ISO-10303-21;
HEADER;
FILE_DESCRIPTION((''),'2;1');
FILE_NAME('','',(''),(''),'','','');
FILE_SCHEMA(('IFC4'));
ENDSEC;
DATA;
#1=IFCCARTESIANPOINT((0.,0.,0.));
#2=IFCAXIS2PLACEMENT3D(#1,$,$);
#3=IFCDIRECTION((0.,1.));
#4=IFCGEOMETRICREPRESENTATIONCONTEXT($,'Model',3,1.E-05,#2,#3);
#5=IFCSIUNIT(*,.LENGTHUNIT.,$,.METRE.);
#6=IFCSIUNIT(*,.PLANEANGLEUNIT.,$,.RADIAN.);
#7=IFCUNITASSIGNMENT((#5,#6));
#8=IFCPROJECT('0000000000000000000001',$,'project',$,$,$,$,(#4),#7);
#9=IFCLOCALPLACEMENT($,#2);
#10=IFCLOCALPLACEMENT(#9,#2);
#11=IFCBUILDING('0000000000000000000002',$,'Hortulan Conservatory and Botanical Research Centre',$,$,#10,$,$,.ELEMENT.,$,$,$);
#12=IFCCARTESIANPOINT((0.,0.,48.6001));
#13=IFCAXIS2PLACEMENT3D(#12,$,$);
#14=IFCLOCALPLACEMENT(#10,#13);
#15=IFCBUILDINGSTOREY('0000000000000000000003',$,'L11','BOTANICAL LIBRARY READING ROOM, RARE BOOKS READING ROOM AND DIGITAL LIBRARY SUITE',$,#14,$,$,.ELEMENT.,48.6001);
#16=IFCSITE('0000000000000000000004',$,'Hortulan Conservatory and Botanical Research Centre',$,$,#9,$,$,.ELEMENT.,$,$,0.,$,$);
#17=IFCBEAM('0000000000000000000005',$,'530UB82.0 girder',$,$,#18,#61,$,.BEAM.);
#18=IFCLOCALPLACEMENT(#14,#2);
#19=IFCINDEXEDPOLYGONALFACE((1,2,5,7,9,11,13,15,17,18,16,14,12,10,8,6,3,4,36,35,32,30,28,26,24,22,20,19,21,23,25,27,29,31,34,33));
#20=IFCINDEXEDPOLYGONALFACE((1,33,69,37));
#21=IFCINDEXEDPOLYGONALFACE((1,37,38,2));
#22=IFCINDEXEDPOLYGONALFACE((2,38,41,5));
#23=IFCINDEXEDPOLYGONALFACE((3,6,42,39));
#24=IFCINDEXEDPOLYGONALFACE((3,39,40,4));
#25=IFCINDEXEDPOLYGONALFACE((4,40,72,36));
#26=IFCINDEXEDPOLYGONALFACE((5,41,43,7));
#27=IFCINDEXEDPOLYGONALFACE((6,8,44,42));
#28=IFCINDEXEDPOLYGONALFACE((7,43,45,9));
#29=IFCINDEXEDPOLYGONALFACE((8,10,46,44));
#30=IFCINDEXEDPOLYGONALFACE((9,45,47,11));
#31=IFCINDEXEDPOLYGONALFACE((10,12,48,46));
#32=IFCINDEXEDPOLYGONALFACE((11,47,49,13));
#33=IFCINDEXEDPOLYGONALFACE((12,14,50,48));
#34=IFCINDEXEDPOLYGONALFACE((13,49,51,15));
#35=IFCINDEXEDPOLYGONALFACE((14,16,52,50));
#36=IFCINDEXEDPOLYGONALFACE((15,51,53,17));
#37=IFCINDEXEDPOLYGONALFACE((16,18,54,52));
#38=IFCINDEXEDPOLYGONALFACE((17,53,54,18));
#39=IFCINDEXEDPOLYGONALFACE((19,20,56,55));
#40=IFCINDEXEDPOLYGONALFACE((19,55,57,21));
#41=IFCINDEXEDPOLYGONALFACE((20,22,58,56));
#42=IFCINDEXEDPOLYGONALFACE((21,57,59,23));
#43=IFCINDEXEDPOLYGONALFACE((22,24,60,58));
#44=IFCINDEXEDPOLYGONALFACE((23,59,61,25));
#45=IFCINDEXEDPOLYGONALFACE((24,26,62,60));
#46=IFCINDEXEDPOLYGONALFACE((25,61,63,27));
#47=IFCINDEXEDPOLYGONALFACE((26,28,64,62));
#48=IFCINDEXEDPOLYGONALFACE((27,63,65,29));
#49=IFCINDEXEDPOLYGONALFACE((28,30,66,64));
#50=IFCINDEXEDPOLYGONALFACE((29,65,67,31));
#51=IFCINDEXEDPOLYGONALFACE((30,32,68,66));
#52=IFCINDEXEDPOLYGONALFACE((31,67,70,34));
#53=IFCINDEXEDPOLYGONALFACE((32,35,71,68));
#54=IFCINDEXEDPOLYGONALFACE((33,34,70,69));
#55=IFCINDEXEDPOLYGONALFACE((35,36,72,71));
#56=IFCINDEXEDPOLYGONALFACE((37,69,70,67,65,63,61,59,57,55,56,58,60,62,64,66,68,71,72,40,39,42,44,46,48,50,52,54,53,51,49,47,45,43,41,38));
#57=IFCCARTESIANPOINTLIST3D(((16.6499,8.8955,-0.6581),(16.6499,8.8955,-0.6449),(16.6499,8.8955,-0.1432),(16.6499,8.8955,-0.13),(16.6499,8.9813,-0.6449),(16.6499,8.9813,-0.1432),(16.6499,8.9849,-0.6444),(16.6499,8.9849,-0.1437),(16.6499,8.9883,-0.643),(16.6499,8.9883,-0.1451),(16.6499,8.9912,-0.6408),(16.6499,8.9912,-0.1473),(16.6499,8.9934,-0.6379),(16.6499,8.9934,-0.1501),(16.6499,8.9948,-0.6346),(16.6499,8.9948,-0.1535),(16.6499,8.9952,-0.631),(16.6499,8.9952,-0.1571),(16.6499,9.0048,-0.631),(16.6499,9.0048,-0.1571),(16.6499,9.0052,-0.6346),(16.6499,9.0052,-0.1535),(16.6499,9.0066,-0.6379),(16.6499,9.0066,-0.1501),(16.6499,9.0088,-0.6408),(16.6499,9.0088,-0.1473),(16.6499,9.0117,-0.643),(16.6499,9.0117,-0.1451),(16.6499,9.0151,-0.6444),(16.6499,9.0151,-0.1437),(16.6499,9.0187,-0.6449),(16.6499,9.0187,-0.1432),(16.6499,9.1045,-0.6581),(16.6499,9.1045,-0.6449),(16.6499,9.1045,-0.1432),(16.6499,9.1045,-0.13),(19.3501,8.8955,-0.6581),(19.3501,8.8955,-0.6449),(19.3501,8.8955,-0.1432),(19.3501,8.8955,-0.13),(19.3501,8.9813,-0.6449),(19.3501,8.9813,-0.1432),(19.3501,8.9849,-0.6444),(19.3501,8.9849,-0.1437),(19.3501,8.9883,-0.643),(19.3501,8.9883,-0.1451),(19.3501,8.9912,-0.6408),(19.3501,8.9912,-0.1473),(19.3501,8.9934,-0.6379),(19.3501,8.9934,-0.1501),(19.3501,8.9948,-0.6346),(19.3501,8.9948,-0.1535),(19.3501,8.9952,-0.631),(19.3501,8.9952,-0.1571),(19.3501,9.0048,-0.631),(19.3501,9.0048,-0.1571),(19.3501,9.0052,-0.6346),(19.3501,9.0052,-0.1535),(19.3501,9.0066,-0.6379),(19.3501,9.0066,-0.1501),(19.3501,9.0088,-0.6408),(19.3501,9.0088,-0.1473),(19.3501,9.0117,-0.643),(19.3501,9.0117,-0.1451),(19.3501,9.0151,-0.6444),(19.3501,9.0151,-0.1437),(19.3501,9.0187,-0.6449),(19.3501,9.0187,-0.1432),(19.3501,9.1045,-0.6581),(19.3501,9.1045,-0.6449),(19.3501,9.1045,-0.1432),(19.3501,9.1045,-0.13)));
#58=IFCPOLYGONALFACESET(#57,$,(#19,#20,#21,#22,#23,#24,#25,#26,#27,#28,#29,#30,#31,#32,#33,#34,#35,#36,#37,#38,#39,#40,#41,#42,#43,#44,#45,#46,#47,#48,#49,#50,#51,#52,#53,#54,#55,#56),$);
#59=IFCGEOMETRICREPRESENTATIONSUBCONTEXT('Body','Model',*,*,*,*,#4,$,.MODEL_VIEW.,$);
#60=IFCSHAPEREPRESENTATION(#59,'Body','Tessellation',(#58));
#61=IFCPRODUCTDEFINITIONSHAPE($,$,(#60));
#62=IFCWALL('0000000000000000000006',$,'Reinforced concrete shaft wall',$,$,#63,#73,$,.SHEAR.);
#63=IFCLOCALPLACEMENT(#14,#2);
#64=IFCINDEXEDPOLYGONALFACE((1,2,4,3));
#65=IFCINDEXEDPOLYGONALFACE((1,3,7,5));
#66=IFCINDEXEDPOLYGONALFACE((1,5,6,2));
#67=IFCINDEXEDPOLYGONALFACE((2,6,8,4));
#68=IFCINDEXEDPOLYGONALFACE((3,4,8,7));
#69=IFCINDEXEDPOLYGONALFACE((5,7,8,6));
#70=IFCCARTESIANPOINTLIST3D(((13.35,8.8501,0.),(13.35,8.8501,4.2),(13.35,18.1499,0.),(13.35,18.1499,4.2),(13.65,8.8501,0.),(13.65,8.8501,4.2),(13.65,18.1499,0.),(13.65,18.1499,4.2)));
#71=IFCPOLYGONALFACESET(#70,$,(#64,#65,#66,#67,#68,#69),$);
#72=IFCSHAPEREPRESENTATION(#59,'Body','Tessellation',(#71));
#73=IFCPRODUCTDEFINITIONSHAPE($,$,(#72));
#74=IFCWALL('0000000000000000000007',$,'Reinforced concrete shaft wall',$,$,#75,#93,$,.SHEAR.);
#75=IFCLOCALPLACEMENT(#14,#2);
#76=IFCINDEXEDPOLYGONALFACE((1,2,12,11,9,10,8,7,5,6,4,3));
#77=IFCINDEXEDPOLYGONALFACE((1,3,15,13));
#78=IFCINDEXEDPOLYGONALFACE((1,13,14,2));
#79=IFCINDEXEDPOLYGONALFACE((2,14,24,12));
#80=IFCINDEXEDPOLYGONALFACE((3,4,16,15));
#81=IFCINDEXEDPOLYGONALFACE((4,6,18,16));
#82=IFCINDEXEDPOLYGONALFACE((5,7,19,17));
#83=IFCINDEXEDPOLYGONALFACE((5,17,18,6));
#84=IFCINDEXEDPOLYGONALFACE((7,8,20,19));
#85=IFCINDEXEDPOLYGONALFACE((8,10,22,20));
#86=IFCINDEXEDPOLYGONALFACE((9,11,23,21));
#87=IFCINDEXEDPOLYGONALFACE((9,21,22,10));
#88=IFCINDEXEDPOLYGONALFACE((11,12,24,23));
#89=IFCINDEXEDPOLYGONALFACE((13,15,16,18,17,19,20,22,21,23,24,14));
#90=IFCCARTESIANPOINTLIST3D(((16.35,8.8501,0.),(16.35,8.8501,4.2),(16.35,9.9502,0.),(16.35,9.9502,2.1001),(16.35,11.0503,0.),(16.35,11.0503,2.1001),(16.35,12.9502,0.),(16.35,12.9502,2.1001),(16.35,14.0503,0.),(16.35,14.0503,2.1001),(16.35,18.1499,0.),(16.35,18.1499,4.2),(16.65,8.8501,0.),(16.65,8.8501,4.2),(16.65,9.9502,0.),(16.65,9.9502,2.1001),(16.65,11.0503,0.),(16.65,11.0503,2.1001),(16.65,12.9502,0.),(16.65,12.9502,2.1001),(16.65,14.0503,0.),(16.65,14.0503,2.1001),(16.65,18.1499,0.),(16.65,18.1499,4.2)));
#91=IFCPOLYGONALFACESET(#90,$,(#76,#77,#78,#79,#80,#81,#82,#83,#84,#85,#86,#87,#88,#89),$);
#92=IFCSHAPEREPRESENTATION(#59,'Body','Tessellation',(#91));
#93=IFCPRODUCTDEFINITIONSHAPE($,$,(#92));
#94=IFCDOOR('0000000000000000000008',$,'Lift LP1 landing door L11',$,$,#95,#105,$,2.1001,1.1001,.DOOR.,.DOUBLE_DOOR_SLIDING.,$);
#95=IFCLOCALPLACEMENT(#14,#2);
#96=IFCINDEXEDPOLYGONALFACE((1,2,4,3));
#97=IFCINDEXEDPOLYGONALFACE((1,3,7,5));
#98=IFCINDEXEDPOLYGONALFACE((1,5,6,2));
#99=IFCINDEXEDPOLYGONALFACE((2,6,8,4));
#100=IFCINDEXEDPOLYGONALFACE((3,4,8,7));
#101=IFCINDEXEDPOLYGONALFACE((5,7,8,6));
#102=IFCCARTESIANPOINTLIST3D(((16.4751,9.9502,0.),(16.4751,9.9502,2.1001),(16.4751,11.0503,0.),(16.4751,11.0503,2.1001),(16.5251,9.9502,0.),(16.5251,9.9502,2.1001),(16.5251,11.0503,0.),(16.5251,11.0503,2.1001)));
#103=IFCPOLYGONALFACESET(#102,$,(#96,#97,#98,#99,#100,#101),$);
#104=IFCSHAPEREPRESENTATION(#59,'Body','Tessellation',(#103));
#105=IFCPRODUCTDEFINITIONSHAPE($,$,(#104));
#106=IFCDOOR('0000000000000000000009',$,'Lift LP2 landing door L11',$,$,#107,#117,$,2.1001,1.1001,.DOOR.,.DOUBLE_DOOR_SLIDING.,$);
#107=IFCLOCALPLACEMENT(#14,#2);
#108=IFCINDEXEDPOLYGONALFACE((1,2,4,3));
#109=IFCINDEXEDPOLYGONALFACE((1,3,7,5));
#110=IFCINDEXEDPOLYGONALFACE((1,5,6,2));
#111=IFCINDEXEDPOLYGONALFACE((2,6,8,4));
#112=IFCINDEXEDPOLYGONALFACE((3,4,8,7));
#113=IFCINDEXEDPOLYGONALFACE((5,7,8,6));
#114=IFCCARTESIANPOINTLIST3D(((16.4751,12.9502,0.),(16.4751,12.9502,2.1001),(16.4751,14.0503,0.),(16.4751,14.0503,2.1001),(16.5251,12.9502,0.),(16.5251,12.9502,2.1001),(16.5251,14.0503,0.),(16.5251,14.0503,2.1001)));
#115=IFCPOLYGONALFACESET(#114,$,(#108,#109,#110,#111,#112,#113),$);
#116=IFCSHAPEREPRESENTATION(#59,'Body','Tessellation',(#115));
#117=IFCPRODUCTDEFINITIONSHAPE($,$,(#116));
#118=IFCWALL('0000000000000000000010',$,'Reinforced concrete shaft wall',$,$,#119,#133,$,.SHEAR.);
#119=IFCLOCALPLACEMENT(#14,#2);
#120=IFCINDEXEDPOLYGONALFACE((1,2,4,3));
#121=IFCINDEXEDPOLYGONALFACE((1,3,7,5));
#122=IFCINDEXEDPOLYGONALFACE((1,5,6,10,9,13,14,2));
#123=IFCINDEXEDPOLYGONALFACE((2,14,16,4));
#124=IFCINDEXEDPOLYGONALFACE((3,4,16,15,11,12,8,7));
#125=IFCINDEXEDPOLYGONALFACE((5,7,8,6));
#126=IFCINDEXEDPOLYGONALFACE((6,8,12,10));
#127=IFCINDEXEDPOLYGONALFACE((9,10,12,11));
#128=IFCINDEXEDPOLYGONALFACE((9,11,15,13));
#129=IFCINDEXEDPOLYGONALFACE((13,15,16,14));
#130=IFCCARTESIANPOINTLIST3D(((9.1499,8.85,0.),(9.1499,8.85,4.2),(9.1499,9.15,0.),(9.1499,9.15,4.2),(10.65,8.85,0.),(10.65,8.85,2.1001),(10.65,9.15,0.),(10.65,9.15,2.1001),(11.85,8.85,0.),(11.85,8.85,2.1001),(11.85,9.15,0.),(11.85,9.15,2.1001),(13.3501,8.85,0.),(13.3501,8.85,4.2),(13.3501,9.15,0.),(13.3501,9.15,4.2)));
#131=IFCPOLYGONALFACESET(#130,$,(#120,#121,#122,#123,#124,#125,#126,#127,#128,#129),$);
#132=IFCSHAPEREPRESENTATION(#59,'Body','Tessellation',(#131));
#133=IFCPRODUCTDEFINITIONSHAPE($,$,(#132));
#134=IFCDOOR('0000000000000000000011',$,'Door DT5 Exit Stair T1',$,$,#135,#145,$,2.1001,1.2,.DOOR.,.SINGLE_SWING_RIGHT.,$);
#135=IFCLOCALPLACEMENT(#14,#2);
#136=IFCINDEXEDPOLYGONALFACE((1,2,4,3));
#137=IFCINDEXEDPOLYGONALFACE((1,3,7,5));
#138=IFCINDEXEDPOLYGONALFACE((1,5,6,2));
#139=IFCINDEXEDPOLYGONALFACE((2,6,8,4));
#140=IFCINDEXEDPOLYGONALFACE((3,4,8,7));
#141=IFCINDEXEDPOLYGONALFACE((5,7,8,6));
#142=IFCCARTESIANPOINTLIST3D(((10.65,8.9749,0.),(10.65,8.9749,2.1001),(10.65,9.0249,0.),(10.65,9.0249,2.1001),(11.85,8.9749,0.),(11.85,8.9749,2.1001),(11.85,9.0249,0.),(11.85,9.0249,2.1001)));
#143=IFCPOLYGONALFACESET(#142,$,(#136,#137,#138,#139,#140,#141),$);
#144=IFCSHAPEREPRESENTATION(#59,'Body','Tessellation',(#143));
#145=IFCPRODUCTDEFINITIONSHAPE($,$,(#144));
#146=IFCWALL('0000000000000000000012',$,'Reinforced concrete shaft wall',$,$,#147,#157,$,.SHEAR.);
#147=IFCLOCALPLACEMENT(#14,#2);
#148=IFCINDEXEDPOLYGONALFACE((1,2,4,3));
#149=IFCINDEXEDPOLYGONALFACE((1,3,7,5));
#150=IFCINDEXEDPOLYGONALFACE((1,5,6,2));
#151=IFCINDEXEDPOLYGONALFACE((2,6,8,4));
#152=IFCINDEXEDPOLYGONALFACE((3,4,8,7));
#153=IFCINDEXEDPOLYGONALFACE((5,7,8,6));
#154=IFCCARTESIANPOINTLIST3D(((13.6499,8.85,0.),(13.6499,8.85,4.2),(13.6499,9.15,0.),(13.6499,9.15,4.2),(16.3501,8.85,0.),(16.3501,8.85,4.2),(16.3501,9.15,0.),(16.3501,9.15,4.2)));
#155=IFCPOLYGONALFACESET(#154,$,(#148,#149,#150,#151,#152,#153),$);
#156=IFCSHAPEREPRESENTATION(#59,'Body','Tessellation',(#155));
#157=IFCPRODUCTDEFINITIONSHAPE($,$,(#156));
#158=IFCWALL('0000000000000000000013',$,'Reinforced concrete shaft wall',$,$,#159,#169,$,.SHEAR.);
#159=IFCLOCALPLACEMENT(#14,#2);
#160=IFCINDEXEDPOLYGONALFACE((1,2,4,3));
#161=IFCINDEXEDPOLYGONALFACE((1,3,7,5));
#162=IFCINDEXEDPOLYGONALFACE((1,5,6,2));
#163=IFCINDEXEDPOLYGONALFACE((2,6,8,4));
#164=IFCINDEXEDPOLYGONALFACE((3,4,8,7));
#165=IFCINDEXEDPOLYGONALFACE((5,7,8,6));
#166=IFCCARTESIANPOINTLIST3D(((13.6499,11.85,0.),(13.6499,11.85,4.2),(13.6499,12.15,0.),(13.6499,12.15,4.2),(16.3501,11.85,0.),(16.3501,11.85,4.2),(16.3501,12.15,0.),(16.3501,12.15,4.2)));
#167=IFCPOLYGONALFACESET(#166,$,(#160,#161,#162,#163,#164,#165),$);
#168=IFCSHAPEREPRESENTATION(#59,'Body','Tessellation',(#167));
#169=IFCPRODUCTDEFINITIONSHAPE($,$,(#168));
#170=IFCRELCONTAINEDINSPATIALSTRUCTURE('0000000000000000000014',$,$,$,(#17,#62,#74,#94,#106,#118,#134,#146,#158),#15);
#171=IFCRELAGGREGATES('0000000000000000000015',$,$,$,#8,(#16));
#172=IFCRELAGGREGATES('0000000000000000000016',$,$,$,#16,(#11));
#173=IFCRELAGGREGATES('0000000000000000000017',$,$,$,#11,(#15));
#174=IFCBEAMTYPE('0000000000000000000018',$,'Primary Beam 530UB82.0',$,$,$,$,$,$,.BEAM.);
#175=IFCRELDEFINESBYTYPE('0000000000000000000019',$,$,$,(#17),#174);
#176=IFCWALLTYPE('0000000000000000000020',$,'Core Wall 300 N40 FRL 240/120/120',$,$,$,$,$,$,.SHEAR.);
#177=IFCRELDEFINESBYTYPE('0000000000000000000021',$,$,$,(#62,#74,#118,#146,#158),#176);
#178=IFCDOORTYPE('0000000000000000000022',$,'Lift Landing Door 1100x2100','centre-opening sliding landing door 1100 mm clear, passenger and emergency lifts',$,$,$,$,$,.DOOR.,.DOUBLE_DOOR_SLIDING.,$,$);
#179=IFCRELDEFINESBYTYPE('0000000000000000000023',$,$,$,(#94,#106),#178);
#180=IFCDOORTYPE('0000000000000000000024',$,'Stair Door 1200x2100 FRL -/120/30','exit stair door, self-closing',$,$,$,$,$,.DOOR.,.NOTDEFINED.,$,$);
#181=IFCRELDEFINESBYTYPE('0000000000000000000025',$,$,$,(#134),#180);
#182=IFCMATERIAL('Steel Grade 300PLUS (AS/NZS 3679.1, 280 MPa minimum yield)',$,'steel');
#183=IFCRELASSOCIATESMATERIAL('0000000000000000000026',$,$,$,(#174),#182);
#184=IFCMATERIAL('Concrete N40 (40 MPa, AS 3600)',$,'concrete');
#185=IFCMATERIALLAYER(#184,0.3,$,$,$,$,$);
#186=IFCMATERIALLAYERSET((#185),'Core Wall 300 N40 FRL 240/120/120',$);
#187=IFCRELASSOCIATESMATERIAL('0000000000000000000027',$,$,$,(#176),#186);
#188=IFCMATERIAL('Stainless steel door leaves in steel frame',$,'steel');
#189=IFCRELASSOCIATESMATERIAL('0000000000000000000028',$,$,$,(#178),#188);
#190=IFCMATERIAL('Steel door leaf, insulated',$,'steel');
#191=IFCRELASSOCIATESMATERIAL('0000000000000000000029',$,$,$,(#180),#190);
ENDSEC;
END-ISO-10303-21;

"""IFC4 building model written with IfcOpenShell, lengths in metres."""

from ifc_helpers import new_model, si_unit, direction, frame, frame_2d, origin, origin_2d, place, context, subcontext, project, spatial, rectangle, i_section, extrude, material, layer, layer_set, material_profile, profile_set, type_object, element, fill, save


model = new_model("IFC4")

# Units and contexts
model_context = context("Model", 3, precision=1e-05, world=origin(), true_north=direction((0.0, 1.0)))
body_context = subcontext(model_context, "Body", "Model", "MODEL_VIEW")
ifc_project = project(units=[si_unit("LENGTHUNIT", "METRE"), si_unit("PLANEANGLEUNIT", "RADIAN")], contexts=[model_context])

# Site, building, storey
site_placement = place(None, origin())
site = spatial("IfcSite", under=ifc_project, at=site_placement, Name="Hortulan Conservatory and Botanical Research Centre", CompositionType="ELEMENT", RefElevation=0.0)
building_placement = place(site_placement, origin())
building = spatial("IfcBuilding", under=site, at=building_placement, Name="Hortulan Conservatory and Botanical Research Centre", CompositionType="ELEMENT")
storey_placement = place(building_placement, frame((0.0, 0.0, 48.6001)))
storey = spatial("IfcBuildingStorey", under=building, at=storey_placement, Name="L11", Description="BOTANICAL LIBRARY READING ROOM, RARE BOOKS READING ROOM AND DIGITAL LIBRARY SUITE", CompositionType="ELEMENT", Elevation=48.6001)

# Beam
ifc_material_1 = material(Name="Steel Grade 300PLUS (AS/NZS 3679.1, 280 MPa minimum yield)", Category="steel")
ifc_material_profile = material_profile(ifc_material_1, i_section(OverallWidth=0.209, OverallDepth=0.5281, WebThickness=0.0095, FlangeThickness=0.0132, FilletRadius=0.0139, at=origin_2d()), Name="530UB82.0")
ifc_profile_set = profile_set([ifc_material_profile], Name="Steel Grade 300PLUS (AS/NZS 3679.1, 280 MPa minimum yield)")
beam_type = type_object("IfcBeamType", Name="Primary Beam 530UB82.0", PredefinedType="BEAM", material=ifc_profile_set)
beam_placement = place(storey_placement, frame((16.6499, 9.0, -0.394), z_axis=(1.0, 0.0, 0.0), x_axis=(0.0, 1.0, 0.0)))
element("IfcBeam", 1, at=beam_placement, inside=storey, type_object=beam_type, Name="530UB82.0 girder", PredefinedType="BEAM", context=body_context, shape_type="SweptSolid", body=[
    extrude(i_section(OverallWidth=0.209, OverallDepth=0.5281, WebThickness=0.0095, FlangeThickness=0.0132, FilletRadius=0.0139, at=origin_2d()), origin(), (0.0, 0.0, 1.0), 2.7002),
])

# Wall
ifc_material_2 = material(Name="Concrete N40 (40 MPa, AS 3600)", Category="concrete")
ifc_layer_1 = layer(ifc_material_2, 0.3)
ifc_layer_set_1 = layer_set([ifc_layer_1], Name="Core Wall 300 N40 FRL 240/120/120")
wall_type = type_object("IfcWallType", Name="Core Wall 300 N40 FRL 240/120/120", PredefinedType="SHEAR", material=ifc_layer_set_1)
wall_1_placement = place(storey_placement, frame((13.5, 8.8501, 0.0), z_axis=(0.0, 0.0, 1.0), x_axis=(0.0, 1.0, 0.0)))
element("IfcWall", 2, at=wall_1_placement, inside=storey, type_object=wall_type, Name="Reinforced concrete shaft wall", PredefinedType="SHEAR", context=body_context, shape_type="SweptSolid", body=[
    extrude(rectangle(XDim=9.2998, YDim=0.3, at=frame_2d((4.6499, 0.0))), origin(), (0.0, 0.0, 1.0), 4.2),
])

# Wall, openings, doors
wall_2_placement = place(storey_placement, frame((16.5, 8.8501, 0.0), z_axis=(0.0, 0.0, 1.0), x_axis=(0.0, 1.0, 0.0)))
wall_2 = element("IfcWall", 3, at=wall_2_placement, inside=storey, type_object=wall_type, Name="Reinforced concrete shaft wall", PredefinedType="SHEAR", context=body_context, shape_type="SweptSolid", body=[
    extrude(rectangle(XDim=9.2998, YDim=0.3, at=frame_2d((4.6499, 0.0))), origin(), (0.0, 0.0, 1.0), 4.2),
])
opening_1_placement = place(wall_2_placement, frame((1.1001, 0.0, 0.0)))
opening_1 = element("IfcOpeningElement", 4, at=opening_1_placement, cuts=wall_2, PredefinedType="OPENING", context=body_context, shape_type="SweptSolid", body=[
    extrude(rectangle(XDim=1.1001, YDim=2.1001, at=frame_2d((0.55, 1.05))), frame((0.0, 0.1599, 0.0), z_axis=(0.0, -1.0, 0.0), x_axis=(1.0, 0.0, 0.0)), (0.0, 0.0, 1.0), 0.3201),
])
opening_2_placement = place(wall_2_placement, frame((4.1001, 0.0, 0.0)))
opening_2 = element("IfcOpeningElement", 5, at=opening_2_placement, cuts=wall_2, PredefinedType="OPENING", context=body_context, shape_type="SweptSolid", body=[
    extrude(rectangle(XDim=1.1001, YDim=2.1001, at=frame_2d((0.55, 1.05))), frame((0.0, 0.1599, 0.0), z_axis=(0.0, -1.0, 0.0), x_axis=(1.0, 0.0, 0.0)), (0.0, 0.0, 1.0), 0.3201),
])
ifc_material_3 = material(Name="Stainless steel door leaves in steel frame", Category="steel")
door_type_1 = type_object("IfcDoorType", Name="Lift Landing Door 1100x2100", Description="centre-opening sliding landing door 1100 mm clear, passenger and emergency lifts", OperationType="DOUBLE_DOOR_SLIDING", PredefinedType="DOOR", material=ifc_material_3)
door_1_placement = place(opening_1_placement, origin())
door_1 = element("IfcDoor", 6, at=door_1_placement, inside=storey, type_object=door_type_1, Name="Lift LP1 landing door L11", OperationType="DOUBLE_DOOR_SLIDING", OverallHeight=2.1001, OverallWidth=1.1001, PredefinedType="DOOR", context=body_context, shape_type="SweptSolid", body=[
    extrude(rectangle(XDim=1.1001, YDim=2.1001, at=frame_2d((0.55, 1.05))), frame((0.0, 0.0249, 0.0), z_axis=(0.0, -1.0, 0.0), x_axis=(1.0, 0.0, 0.0)), (0.0, 0.0, 1.0), 0.05),
])
fill(opening_1, door_1)
door_2_placement = place(opening_2_placement, origin())
door_2 = element("IfcDoor", 7, at=door_2_placement, inside=storey, type_object=door_type_1, Name="Lift LP2 landing door L11", OperationType="DOUBLE_DOOR_SLIDING", OverallHeight=2.1001, OverallWidth=1.1001, PredefinedType="DOOR", context=body_context, shape_type="SweptSolid", body=[
    extrude(rectangle(XDim=1.1001, YDim=2.1001, at=frame_2d((0.55, 1.05))), frame((0.0, 0.0249, 0.0), z_axis=(0.0, -1.0, 0.0), x_axis=(1.0, 0.0, 0.0)), (0.0, 0.0, 1.0), 0.05),
])
fill(opening_2, door_2)

# Wall, opening, door
wall_3_placement = place(storey_placement, frame((9.1499, 9.0, 0.0), z_axis=(0.0, 0.0, 1.0), x_axis=(1.0, 0.0, 0.0)))
wall_3 = element("IfcWall", 8, at=wall_3_placement, inside=storey, type_object=wall_type, Name="Reinforced concrete shaft wall", PredefinedType="SHEAR", context=body_context, shape_type="SweptSolid", body=[
    extrude(rectangle(XDim=4.2002, YDim=0.3, at=frame_2d((2.1001, 0.0))), origin(), (0.0, 0.0, 1.0), 4.2),
])
opening_3_placement = place(wall_3_placement, frame((1.5, 0.0, 0.0)))
opening_3 = element("IfcOpeningElement", 9, at=opening_3_placement, cuts=wall_3, PredefinedType="OPENING", context=body_context, shape_type="SweptSolid", body=[
    extrude(rectangle(XDim=1.2, YDim=2.1001, at=frame_2d((0.6001, 1.05))), frame((0.0, 0.1599, 0.0), z_axis=(0.0, -1.0, 0.0), x_axis=(1.0, 0.0, 0.0)), (0.0, 0.0, 1.0), 0.3201),
])
ifc_material_4 = material(Name="Steel door leaf, insulated", Category="steel")
door_type_2 = type_object("IfcDoorType", Name="Stair Door 1200x2100 FRL -/120/30", Description="exit stair door, self-closing", OperationType="NOTDEFINED", PredefinedType="DOOR", material=ifc_material_4)
door_3_placement = place(opening_3_placement, origin())
door_3 = element("IfcDoor", 10, at=door_3_placement, inside=storey, type_object=door_type_2, Name="Door DT5 Exit Stair T1", OperationType="SINGLE_SWING_RIGHT", OverallHeight=2.1001, OverallWidth=1.2, PredefinedType="DOOR", context=body_context, shape_type="SweptSolid", body=[
    extrude(rectangle(XDim=1.2, YDim=2.1001, at=frame_2d((0.6001, 1.05))), frame((0.0, 0.0249, 0.0), z_axis=(0.0, -1.0, 0.0), x_axis=(1.0, 0.0, 0.0)), (0.0, 0.0, 1.0), 0.05),
])
fill(opening_3, door_3)

# Walls
for number, where, z_axis, x_axis, name in (
    (11, (13.6499, 9.0, 0.0), (0.0, 0.0, 1.0), (1.0, 0.0, 0.0), "Reinforced concrete shaft wall"),
    (12, (13.6499, 12.0, 0.0), (0.0, 0.0, 1.0), (1.0, 0.0, 0.0), "Reinforced concrete shaft wall"),
):
    element("IfcWall", number, at=place(storey_placement, frame(where, z_axis=z_axis, x_axis=x_axis)), inside=storey, type_object=wall_type, Name=name, PredefinedType="SHEAR", context=body_context, shape_type="SweptSolid", body=[
        extrude(rectangle(XDim=2.7002, YDim=0.3, at=frame_2d((1.3501, 0.0))), origin(), (0.0, 0.0, 1.0), 4.2),
    ])

save(model, "model.ifc")
